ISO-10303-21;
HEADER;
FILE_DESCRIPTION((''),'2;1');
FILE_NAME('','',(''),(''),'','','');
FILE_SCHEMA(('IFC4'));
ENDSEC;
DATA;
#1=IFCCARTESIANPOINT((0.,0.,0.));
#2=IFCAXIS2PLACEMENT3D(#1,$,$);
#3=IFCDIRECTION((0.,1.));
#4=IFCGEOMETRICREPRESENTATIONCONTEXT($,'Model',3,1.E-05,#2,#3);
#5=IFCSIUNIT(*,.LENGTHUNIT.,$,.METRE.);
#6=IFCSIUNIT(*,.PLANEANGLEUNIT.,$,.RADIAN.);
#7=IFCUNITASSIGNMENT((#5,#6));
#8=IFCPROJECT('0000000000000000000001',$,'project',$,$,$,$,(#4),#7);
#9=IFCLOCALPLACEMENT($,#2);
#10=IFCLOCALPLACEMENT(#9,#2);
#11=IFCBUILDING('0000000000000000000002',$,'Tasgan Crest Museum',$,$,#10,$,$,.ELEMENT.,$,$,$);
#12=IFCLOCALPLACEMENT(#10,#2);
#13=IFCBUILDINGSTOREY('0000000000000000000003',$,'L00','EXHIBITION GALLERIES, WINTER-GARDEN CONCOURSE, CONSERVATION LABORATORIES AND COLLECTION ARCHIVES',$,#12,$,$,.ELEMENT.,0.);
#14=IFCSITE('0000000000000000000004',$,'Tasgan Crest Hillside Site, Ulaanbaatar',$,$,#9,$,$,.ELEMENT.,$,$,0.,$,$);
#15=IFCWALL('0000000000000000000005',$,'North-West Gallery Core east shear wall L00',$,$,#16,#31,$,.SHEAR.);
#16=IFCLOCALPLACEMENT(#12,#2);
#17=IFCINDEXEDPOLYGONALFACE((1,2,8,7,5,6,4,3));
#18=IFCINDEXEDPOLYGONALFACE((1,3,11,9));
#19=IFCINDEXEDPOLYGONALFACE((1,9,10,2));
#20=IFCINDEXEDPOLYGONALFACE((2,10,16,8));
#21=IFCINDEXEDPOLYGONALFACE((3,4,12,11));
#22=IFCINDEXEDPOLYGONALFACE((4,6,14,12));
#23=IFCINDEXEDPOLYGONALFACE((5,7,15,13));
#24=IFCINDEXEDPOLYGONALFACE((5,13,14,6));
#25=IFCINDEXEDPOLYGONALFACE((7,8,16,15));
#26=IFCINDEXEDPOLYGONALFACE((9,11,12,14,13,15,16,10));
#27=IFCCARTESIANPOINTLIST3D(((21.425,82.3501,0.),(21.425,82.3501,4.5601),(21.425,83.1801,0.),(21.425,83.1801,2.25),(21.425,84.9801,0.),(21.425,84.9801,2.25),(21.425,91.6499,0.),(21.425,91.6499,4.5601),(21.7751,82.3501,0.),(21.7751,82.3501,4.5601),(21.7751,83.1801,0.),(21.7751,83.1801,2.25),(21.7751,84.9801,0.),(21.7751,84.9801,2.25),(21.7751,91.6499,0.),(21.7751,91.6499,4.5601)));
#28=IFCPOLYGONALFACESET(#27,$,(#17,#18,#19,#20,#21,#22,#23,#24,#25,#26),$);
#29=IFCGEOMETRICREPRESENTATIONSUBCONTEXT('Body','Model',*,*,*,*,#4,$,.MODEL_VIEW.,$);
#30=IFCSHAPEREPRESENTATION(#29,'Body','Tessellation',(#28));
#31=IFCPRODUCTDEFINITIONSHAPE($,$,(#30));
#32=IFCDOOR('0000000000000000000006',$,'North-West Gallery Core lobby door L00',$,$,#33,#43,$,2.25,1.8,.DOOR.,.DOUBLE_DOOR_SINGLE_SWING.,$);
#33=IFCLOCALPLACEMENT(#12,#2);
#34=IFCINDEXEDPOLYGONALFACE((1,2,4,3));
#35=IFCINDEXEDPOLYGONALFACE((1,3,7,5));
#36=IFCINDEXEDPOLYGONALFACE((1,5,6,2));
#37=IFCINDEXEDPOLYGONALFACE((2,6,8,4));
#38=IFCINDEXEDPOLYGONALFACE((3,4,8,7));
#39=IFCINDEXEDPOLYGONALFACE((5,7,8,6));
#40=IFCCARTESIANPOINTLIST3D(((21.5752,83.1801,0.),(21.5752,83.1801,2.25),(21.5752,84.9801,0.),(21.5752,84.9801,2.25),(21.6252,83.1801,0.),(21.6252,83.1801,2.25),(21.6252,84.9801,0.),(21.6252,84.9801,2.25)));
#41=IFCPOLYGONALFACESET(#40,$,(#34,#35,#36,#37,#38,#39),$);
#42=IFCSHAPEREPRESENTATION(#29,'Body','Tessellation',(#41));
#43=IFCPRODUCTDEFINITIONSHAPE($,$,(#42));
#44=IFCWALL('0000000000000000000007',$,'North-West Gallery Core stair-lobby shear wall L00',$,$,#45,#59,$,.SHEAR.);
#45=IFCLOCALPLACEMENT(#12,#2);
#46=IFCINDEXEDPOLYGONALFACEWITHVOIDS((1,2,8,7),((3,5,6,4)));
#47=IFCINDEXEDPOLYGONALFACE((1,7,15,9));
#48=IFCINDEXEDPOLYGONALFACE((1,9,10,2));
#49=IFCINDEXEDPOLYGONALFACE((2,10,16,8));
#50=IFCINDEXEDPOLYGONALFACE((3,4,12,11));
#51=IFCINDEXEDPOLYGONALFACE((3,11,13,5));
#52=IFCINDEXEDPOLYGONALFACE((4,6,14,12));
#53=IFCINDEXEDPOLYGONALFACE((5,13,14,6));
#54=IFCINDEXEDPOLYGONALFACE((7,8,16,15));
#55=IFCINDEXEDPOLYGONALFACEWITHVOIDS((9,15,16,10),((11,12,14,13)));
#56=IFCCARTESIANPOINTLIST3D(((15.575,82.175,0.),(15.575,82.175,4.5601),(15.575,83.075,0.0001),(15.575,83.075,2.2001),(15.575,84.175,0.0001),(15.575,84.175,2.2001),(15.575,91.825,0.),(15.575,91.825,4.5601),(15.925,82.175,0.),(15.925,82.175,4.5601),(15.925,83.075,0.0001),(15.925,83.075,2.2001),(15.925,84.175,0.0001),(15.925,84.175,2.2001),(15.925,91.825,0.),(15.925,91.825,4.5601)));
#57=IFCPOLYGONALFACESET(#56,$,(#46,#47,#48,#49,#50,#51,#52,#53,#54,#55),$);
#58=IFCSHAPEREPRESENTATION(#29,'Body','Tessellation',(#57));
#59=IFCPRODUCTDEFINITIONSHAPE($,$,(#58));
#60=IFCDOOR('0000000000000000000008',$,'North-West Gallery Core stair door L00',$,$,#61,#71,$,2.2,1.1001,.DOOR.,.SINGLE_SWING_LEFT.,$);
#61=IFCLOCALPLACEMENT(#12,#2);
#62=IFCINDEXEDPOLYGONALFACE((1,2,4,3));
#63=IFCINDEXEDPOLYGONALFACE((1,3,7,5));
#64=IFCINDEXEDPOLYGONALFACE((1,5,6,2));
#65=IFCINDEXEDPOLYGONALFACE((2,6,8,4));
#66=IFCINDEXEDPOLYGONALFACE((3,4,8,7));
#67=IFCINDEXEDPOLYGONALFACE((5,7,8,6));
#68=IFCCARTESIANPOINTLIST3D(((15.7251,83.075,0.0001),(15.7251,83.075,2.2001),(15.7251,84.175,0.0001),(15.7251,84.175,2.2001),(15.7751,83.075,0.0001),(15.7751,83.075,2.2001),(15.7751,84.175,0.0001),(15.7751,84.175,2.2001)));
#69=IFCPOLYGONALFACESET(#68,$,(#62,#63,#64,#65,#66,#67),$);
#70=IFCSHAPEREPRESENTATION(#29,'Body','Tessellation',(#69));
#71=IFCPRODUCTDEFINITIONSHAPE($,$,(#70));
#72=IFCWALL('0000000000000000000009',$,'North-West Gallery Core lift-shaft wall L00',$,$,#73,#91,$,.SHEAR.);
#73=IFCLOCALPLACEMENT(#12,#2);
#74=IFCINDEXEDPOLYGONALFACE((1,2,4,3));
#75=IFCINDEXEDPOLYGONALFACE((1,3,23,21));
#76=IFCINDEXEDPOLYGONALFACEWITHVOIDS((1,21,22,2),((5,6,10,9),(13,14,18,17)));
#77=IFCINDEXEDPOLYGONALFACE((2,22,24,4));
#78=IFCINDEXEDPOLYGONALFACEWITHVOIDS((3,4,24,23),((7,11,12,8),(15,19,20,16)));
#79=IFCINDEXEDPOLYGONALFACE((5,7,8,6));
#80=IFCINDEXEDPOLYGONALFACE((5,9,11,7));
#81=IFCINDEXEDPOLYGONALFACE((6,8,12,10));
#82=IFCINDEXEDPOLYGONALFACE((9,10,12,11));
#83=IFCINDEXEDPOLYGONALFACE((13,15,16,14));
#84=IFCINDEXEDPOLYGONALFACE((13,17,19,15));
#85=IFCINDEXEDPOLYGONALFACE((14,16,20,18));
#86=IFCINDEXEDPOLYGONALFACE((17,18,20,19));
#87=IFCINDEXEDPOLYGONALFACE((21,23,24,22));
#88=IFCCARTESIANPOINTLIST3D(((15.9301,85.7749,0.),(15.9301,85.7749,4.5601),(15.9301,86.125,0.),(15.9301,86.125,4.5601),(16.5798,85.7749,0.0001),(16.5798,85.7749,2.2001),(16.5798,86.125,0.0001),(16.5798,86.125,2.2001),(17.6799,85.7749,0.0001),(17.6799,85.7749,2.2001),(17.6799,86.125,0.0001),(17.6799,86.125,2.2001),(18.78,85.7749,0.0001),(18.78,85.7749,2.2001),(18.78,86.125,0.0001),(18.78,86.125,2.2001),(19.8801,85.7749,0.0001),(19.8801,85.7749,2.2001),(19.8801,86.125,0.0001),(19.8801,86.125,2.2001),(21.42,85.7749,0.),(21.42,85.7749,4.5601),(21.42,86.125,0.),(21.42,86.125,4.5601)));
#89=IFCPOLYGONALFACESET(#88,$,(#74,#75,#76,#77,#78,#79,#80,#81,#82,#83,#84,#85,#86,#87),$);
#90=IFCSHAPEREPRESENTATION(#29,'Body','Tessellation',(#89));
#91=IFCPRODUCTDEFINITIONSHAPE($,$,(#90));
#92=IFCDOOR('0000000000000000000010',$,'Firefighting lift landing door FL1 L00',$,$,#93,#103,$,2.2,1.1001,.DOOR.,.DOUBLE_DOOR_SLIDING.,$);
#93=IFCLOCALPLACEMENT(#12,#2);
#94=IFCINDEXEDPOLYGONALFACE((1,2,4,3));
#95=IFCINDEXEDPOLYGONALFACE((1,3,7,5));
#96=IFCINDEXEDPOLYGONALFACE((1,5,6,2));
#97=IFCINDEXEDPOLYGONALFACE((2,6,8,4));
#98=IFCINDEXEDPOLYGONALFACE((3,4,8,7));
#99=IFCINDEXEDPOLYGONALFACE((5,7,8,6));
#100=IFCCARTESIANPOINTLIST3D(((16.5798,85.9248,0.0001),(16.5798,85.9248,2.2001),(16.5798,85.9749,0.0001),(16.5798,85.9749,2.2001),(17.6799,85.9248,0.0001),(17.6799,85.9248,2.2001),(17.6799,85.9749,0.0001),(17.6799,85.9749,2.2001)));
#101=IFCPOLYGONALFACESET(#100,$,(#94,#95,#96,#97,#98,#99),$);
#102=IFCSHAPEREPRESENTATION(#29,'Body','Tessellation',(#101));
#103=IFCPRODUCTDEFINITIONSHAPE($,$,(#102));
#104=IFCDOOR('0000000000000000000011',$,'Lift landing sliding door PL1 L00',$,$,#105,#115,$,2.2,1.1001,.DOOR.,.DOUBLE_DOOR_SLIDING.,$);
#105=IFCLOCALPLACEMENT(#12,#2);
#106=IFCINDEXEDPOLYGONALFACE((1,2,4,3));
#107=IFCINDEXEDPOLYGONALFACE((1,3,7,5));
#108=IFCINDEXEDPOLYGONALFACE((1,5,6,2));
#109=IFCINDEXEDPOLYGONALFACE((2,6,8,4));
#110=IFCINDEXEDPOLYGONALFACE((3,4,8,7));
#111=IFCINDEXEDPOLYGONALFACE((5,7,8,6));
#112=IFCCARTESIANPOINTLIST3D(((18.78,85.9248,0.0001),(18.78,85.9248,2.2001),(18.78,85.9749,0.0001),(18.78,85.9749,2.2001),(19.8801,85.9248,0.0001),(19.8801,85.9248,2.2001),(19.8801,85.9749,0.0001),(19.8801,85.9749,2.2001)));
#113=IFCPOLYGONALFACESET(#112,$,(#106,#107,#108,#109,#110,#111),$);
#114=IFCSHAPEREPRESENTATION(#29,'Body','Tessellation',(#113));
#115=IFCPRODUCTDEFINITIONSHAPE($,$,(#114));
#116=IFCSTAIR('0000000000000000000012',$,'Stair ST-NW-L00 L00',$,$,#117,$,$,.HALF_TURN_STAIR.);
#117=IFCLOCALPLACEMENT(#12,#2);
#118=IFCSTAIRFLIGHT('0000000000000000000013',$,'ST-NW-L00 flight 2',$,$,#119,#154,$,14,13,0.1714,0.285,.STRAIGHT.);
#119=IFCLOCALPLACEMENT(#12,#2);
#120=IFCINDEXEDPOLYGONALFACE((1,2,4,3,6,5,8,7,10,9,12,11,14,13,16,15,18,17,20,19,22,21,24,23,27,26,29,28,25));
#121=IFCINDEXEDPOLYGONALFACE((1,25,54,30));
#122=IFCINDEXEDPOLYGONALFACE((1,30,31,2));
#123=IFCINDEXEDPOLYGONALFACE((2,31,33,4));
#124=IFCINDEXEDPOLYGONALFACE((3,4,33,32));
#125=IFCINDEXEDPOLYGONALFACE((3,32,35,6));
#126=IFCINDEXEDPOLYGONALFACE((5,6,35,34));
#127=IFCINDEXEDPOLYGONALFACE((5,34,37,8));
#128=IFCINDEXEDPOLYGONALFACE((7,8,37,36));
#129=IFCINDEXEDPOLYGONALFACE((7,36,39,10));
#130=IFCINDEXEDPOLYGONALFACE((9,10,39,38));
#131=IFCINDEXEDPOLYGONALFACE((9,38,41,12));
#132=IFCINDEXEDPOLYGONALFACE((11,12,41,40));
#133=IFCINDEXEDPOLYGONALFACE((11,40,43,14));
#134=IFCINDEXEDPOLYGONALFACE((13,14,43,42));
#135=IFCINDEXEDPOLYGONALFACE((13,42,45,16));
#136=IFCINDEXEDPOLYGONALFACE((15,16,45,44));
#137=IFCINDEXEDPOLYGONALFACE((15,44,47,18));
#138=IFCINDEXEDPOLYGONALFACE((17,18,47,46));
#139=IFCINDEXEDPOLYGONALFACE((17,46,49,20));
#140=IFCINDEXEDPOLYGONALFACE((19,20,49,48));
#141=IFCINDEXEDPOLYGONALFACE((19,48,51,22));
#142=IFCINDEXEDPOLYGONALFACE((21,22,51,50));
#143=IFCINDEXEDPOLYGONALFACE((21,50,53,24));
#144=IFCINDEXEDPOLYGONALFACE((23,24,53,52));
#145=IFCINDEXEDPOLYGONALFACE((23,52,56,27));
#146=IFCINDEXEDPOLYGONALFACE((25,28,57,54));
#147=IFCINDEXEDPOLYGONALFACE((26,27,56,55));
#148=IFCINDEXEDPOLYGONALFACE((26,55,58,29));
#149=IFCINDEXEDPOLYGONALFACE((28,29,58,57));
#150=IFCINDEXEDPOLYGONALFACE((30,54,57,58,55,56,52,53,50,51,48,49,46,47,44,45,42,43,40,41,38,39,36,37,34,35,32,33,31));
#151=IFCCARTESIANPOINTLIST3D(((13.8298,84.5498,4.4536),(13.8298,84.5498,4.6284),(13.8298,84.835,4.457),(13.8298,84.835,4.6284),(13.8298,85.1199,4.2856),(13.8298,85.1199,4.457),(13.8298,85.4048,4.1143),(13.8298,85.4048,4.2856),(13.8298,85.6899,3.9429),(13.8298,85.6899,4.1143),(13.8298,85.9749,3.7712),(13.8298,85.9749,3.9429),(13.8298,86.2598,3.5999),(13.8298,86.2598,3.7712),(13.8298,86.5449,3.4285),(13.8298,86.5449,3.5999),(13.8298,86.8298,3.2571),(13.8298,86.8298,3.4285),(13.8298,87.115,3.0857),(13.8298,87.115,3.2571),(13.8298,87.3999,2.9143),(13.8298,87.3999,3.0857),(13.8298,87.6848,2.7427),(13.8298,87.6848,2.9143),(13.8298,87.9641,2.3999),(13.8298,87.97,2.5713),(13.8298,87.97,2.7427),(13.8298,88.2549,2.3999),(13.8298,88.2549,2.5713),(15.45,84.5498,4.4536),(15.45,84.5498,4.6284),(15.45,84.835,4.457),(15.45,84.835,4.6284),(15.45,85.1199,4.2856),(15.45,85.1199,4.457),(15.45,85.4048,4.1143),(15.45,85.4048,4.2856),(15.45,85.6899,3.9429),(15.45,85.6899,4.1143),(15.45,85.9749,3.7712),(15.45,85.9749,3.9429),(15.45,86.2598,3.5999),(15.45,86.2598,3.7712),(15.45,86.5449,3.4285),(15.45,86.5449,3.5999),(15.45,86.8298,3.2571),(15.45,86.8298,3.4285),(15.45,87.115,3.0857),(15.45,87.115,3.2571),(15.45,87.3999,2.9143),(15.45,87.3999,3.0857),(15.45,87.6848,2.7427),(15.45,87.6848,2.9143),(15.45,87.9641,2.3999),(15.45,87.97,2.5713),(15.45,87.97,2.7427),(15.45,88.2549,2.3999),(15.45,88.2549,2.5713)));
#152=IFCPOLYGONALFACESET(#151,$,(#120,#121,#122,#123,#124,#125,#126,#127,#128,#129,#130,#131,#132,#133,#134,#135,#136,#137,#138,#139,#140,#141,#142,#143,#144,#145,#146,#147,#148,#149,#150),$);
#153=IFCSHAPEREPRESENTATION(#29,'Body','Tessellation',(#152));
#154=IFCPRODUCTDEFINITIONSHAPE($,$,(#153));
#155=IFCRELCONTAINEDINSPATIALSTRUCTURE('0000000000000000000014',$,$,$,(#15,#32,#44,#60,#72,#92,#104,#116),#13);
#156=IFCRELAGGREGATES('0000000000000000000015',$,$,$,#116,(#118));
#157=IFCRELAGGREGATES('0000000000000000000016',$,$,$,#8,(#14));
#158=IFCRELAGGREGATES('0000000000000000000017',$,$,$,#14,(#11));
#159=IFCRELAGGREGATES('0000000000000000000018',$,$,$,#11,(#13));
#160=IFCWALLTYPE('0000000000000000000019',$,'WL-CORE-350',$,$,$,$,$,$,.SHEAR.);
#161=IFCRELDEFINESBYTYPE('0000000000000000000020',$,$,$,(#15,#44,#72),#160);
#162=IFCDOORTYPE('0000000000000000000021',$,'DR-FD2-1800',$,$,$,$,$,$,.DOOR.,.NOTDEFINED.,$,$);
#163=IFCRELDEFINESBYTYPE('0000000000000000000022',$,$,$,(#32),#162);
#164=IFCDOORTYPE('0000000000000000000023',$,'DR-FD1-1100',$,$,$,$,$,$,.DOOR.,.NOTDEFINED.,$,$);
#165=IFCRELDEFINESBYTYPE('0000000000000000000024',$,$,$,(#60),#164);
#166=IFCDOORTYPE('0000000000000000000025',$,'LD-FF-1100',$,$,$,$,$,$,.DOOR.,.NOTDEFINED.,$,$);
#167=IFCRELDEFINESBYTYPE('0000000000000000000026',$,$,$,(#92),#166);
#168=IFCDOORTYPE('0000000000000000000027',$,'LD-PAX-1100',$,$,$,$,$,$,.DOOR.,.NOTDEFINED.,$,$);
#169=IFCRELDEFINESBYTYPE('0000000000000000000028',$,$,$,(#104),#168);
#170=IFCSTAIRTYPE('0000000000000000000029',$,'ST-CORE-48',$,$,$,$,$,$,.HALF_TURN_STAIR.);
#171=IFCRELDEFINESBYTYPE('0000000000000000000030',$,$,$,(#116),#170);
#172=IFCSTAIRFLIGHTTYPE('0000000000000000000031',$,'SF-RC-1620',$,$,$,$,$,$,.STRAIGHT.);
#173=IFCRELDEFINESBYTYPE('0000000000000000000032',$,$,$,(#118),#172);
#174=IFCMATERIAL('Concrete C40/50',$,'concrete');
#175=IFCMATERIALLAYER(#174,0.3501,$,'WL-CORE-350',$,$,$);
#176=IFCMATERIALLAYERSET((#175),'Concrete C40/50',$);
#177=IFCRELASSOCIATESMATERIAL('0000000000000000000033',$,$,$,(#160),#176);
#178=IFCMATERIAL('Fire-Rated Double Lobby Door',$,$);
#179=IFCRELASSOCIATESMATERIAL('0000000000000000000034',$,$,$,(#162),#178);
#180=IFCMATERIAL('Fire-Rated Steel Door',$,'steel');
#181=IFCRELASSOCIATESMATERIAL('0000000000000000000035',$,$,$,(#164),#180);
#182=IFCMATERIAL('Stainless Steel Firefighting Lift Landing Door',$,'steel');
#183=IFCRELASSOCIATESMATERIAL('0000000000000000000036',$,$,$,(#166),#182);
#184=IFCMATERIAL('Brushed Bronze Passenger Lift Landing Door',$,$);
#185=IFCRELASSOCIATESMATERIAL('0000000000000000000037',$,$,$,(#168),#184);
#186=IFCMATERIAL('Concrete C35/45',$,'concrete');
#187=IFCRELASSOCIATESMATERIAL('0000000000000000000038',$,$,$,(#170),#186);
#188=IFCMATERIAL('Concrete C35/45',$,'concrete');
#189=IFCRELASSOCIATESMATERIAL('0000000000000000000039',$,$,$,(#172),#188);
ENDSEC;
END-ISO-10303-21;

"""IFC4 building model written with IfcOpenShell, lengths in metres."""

from ifc_helpers import new_model, si_unit, direction, frame, frame_2d, origin, place, context, subcontext, project, spatial, polyline, rectangle, outline, extrude, material, layer, layer_set, type_object, element, fill, aggregate, save


model = new_model("IFC4")

# Units and contexts
model_context = context("Model", 3, precision=1e-05, world=origin(), true_north=direction((0.0, 1.0)))
body_context = subcontext(model_context, "Body", "Model", "MODEL_VIEW")
ifc_project = project(units=[si_unit("LENGTHUNIT", "METRE"), si_unit("PLANEANGLEUNIT", "RADIAN")], contexts=[model_context])

# Site, building, storey
site_placement = place(None, origin())
site = spatial("IfcSite", under=ifc_project, at=site_placement, Name="Tasgan Crest Hillside Site, Ulaanbaatar", CompositionType="ELEMENT", RefElevation=0.0)
building_placement = place(site_placement, origin())
building = spatial("IfcBuilding", under=site, at=building_placement, Name="Tasgan Crest Museum", CompositionType="ELEMENT")
storey_placement = place(building_placement, origin())
storey = spatial("IfcBuildingStorey", under=building, at=storey_placement, Name="L00", Description="EXHIBITION GALLERIES, WINTER-GARDEN CONCOURSE, CONSERVATION LABORATORIES AND COLLECTION ARCHIVES", CompositionType="ELEMENT", Elevation=0.0)

# Walls, openings, doors
ifc_material_1 = material(Name="Concrete C40/50", Category="concrete")
ifc_layer_1 = layer(ifc_material_1, 0.3501, Name="WL-CORE-350")
ifc_layer_set_1 = layer_set([ifc_layer_1], Name="Concrete C40/50")
wall_type = type_object("IfcWallType", Name="WL-CORE-350", PredefinedType="SHEAR", material=ifc_layer_set_1)
wall_1_placement = place(storey_placement, frame((21.6001, 82.3501, 0.0), z_axis=(0.0, 0.0, 1.0), x_axis=(0.0, 1.0, 0.0)))
wall_1 = element("IfcWall", 1, at=wall_1_placement, inside=storey, type_object=wall_type, Name="North-West Gallery Core east shear wall L00", PredefinedType="SHEAR", context=body_context, shape_type="SweptSolid", body=[
    extrude(rectangle(XDim=9.2998, YDim=0.3501, at=frame_2d((4.6499, 0.0))), origin(), (0.0, 0.0, 1.0), 4.5601),
])
opening_1_placement = place(wall_1_placement, frame((0.8301, 0.0, 0.0)))
opening_1 = element("IfcOpeningElement", 2, at=opening_1_placement, cuts=wall_1, PredefinedType="OPENING", context=body_context, shape_type="SweptSolid", body=[
    extrude(rectangle(XDim=1.8, YDim=2.25, at=frame_2d((0.8999, 1.125))), frame((0.0, 0.1851, 0.0), z_axis=(0.0, -1.0, 0.0), x_axis=(1.0, 0.0, 0.0)), (0.0, 0.0, 1.0), 0.3701),
])
ifc_material_2 = material(Name="Fire-Rated Double Lobby Door")
door_type_1 = type_object("IfcDoorType", Name="DR-FD2-1800", OperationType="NOTDEFINED", PredefinedType="DOOR", material=ifc_material_2)
door_1_placement = place(opening_1_placement, origin())
door_1 = element("IfcDoor", 3, at=door_1_placement, inside=storey, type_object=door_type_1, Name="North-West Gallery Core lobby door L00", OperationType="DOUBLE_DOOR_SINGLE_SWING", OverallHeight=2.25, OverallWidth=1.8, PredefinedType="DOOR", context=body_context, shape_type="SweptSolid", body=[
    extrude(rectangle(XDim=1.8, YDim=2.25, at=frame_2d((0.8999, 1.125))), frame((0.0, 0.0249, 0.0), z_axis=(0.0, -1.0, 0.0), x_axis=(1.0, 0.0, 0.0)), (0.0, 0.0, 1.0), 0.05),
])
fill(opening_1, door_1)
wall_2_placement = place(storey_placement, frame((15.75, 82.175, 0.0), z_axis=(0.0, 0.0, 1.0), x_axis=(0.0, 1.0, 0.0)))
wall_2 = element("IfcWall", 4, at=wall_2_placement, inside=storey, type_object=wall_type, Name="North-West Gallery Core stair-lobby shear wall L00", PredefinedType="SHEAR", context=body_context, shape_type="SweptSolid", body=[
    extrude(rectangle(XDim=9.6499, YDim=0.3501, at=frame_2d((4.825, 0.0))), origin(), (0.0, 0.0, 1.0), 4.5601),
])
opening_2_placement = place(wall_2_placement, frame((0.8999, 0.0, 0.0)))
opening_2 = element("IfcOpeningElement", 5, at=opening_2_placement, cuts=wall_2, PredefinedType="OPENING", context=body_context, shape_type="SweptSolid", body=[
    extrude(rectangle(XDim=1.1001, YDim=2.2, at=frame_2d((0.55, 1.1001))), frame((0.0, 0.1851, 0.0), z_axis=(0.0, -1.0, 0.0), x_axis=(1.0, 0.0, 0.0)), (0.0, 0.0, 1.0), 0.3701),
])
ifc_material_3 = material(Name="Fire-Rated Steel Door", Category="steel")
door_type_2 = type_object("IfcDoorType", Name="DR-FD1-1100", OperationType="NOTDEFINED", PredefinedType="DOOR", material=ifc_material_3)
door_2_placement = place(opening_2_placement, origin())
door_2 = element("IfcDoor", 6, at=door_2_placement, inside=storey, type_object=door_type_2, Name="North-West Gallery Core stair door L00", OperationType="SINGLE_SWING_LEFT", OverallHeight=2.2, OverallWidth=1.1001, PredefinedType="DOOR", context=body_context, shape_type="SweptSolid", body=[
    extrude(rectangle(XDim=1.1001, YDim=2.2, at=frame_2d((0.55, 1.1001))), frame((0.0, 0.0249, 0.0), z_axis=(0.0, -1.0, 0.0), x_axis=(1.0, 0.0, 0.0)), (0.0, 0.0, 1.0), 0.05),
])
fill(opening_2, door_2)

# Wall, openings, doors
wall_3_placement = place(storey_placement, frame((15.9299, 85.95, 0.0), z_axis=(0.0, 0.0, 1.0), x_axis=(1.0, 0.0, 0.0)))
wall_3 = element("IfcWall", 7, at=wall_3_placement, inside=storey, type_object=wall_type, Name="North-West Gallery Core lift-shaft wall L00", PredefinedType="SHEAR", context=body_context, shape_type="SweptSolid", body=[
    extrude(rectangle(XDim=5.49, YDim=0.3501, at=frame_2d((2.7451, 0.0))), origin(), (0.0, 0.0, 1.0), 4.5601),
])
opening_3_placement = place(wall_3_placement, frame((0.6499, 0.0, 0.0)))
opening_3 = element("IfcOpeningElement", 8, at=opening_3_placement, cuts=wall_3, PredefinedType="OPENING", context=body_context, shape_type="SweptSolid", body=[
    extrude(rectangle(XDim=1.1001, YDim=2.2, at=frame_2d((0.55, 1.1001))), frame((0.0, 0.1851, 0.0), z_axis=(0.0, -1.0, 0.0), x_axis=(1.0, 0.0, 0.0)), (0.0, 0.0, 1.0), 0.3701),
])
opening_4_placement = place(wall_3_placement, frame((2.8501, 0.0, 0.0)))
opening_4 = element("IfcOpeningElement", 9, at=opening_4_placement, cuts=wall_3, PredefinedType="OPENING", context=body_context, shape_type="SweptSolid", body=[
    extrude(rectangle(XDim=1.1001, YDim=2.2, at=frame_2d((0.55, 1.1001))), frame((0.0, 0.1851, 0.0), z_axis=(0.0, -1.0, 0.0), x_axis=(1.0, 0.0, 0.0)), (0.0, 0.0, 1.0), 0.3701),
])
ifc_material_4 = material(Name="Stainless Steel Firefighting Lift Landing Door", Category="steel")
door_type_3 = type_object("IfcDoorType", Name="LD-FF-1100", OperationType="NOTDEFINED", PredefinedType="DOOR", material=ifc_material_4)
door_3_placement = place(opening_3_placement, origin())
door_3 = element("IfcDoor", 10, at=door_3_placement, inside=storey, type_object=door_type_3, Name="Firefighting lift landing door FL1 L00", OperationType="DOUBLE_DOOR_SLIDING", OverallHeight=2.2, OverallWidth=1.1001, PredefinedType="DOOR", context=body_context, shape_type="SweptSolid", body=[
    extrude(rectangle(XDim=1.1001, YDim=2.2, at=frame_2d((0.55, 1.1001))), frame((0.0, 0.0249, 0.0), z_axis=(0.0, -1.0, 0.0), x_axis=(1.0, 0.0, 0.0)), (0.0, 0.0, 1.0), 0.05),
])
fill(opening_3, door_3)
ifc_material_5 = material(Name="Brushed Bronze Passenger Lift Landing Door")
door_type_4 = type_object("IfcDoorType", Name="LD-PAX-1100", OperationType="NOTDEFINED", PredefinedType="DOOR", material=ifc_material_5)
door_4_placement = place(opening_4_placement, origin())
door_4 = element("IfcDoor", 11, at=door_4_placement, inside=storey, type_object=door_type_4, Name="Lift landing sliding door PL1 L00", OperationType="DOUBLE_DOOR_SLIDING", OverallHeight=2.2, OverallWidth=1.1001, PredefinedType="DOOR", context=body_context, shape_type="SweptSolid", body=[
    extrude(rectangle(XDim=1.1001, YDim=2.2, at=frame_2d((0.55, 1.1001))), frame((0.0, 0.0249, 0.0), z_axis=(0.0, -1.0, 0.0), x_axis=(1.0, 0.0, 0.0)), (0.0, 0.0, 1.0), 0.05),
])
fill(opening_4, door_4)

# Stair, stair flight
ifc_material_6 = material(Name="Concrete C35/45", Category="concrete")
stair_type = type_object("IfcStairType", Name="ST-CORE-48", PredefinedType="HALF_TURN_STAIR", material=ifc_material_6)
stair_placement = place(storey_placement, origin())
stair = element("IfcStair", 12, at=stair_placement, inside=storey, type_object=stair_type, Name="Stair ST-NW-L00 L00", PredefinedType="HALF_TURN_STAIR")
ifc_material_7 = material(Name="Concrete C35/45", Category="concrete")
stair_flight_type = type_object("IfcStairFlightType", Name="SF-RC-1620", PredefinedType="STRAIGHT", material=ifc_material_7)
stair_flight_placement = place(storey_placement, frame((14.6399, 88.2549, 2.3999), z_axis=(0.0, 0.0, 1.0), x_axis=(0.0, -1.0, 0.0)))
stair_flight = element("IfcStairFlight", 13, at=stair_flight_placement, type_object=stair_flight_type, Name="ST-NW-L00 flight 2", NumberOfRisers=14, NumberOfTreads=13, PredefinedType="STRAIGHT", RiserHeight=0.1714, TreadLength=0.285, context=body_context, shape_type="SweptSolid", body=[
    extrude(outline(polyline([(0.0, 0.0), (0.0, 0.1714), (0.2849, 0.1714), (0.2849, 0.3428), (0.5701, 0.3428), (0.5701, 0.5144), (0.855, 0.5144), (0.855, 0.6858), (1.1399, 0.6858), (1.1399, 0.8572), (1.425, 0.8572), (1.425, 1.0286), (1.71, 1.0286), (1.71, 1.2), (1.9951, 1.2), (1.9951, 1.3713), (2.28, 1.3713), (2.28, 1.543), (2.5649, 1.543), (2.5649, 1.7144), (2.8501, 1.7144), (2.8501, 1.8857), (3.135, 1.8857), (3.135, 2.0571), (3.4199, 2.0571), (3.4199, 2.2285), (3.7051, 2.2285), (3.7051, 2.3999), (3.7051, 2.0537), (0.2908, 0.0), (0.0, 0.0)])), frame((0.0, 0.8101, 0.0), z_axis=(0.0, -1.0, 0.0), x_axis=(1.0, 0.0, 0.0)), (0.0, 0.0, 1.0), 1.6201),
])
aggregate(stair, [stair_flight])

save(model, "model.ifc")
